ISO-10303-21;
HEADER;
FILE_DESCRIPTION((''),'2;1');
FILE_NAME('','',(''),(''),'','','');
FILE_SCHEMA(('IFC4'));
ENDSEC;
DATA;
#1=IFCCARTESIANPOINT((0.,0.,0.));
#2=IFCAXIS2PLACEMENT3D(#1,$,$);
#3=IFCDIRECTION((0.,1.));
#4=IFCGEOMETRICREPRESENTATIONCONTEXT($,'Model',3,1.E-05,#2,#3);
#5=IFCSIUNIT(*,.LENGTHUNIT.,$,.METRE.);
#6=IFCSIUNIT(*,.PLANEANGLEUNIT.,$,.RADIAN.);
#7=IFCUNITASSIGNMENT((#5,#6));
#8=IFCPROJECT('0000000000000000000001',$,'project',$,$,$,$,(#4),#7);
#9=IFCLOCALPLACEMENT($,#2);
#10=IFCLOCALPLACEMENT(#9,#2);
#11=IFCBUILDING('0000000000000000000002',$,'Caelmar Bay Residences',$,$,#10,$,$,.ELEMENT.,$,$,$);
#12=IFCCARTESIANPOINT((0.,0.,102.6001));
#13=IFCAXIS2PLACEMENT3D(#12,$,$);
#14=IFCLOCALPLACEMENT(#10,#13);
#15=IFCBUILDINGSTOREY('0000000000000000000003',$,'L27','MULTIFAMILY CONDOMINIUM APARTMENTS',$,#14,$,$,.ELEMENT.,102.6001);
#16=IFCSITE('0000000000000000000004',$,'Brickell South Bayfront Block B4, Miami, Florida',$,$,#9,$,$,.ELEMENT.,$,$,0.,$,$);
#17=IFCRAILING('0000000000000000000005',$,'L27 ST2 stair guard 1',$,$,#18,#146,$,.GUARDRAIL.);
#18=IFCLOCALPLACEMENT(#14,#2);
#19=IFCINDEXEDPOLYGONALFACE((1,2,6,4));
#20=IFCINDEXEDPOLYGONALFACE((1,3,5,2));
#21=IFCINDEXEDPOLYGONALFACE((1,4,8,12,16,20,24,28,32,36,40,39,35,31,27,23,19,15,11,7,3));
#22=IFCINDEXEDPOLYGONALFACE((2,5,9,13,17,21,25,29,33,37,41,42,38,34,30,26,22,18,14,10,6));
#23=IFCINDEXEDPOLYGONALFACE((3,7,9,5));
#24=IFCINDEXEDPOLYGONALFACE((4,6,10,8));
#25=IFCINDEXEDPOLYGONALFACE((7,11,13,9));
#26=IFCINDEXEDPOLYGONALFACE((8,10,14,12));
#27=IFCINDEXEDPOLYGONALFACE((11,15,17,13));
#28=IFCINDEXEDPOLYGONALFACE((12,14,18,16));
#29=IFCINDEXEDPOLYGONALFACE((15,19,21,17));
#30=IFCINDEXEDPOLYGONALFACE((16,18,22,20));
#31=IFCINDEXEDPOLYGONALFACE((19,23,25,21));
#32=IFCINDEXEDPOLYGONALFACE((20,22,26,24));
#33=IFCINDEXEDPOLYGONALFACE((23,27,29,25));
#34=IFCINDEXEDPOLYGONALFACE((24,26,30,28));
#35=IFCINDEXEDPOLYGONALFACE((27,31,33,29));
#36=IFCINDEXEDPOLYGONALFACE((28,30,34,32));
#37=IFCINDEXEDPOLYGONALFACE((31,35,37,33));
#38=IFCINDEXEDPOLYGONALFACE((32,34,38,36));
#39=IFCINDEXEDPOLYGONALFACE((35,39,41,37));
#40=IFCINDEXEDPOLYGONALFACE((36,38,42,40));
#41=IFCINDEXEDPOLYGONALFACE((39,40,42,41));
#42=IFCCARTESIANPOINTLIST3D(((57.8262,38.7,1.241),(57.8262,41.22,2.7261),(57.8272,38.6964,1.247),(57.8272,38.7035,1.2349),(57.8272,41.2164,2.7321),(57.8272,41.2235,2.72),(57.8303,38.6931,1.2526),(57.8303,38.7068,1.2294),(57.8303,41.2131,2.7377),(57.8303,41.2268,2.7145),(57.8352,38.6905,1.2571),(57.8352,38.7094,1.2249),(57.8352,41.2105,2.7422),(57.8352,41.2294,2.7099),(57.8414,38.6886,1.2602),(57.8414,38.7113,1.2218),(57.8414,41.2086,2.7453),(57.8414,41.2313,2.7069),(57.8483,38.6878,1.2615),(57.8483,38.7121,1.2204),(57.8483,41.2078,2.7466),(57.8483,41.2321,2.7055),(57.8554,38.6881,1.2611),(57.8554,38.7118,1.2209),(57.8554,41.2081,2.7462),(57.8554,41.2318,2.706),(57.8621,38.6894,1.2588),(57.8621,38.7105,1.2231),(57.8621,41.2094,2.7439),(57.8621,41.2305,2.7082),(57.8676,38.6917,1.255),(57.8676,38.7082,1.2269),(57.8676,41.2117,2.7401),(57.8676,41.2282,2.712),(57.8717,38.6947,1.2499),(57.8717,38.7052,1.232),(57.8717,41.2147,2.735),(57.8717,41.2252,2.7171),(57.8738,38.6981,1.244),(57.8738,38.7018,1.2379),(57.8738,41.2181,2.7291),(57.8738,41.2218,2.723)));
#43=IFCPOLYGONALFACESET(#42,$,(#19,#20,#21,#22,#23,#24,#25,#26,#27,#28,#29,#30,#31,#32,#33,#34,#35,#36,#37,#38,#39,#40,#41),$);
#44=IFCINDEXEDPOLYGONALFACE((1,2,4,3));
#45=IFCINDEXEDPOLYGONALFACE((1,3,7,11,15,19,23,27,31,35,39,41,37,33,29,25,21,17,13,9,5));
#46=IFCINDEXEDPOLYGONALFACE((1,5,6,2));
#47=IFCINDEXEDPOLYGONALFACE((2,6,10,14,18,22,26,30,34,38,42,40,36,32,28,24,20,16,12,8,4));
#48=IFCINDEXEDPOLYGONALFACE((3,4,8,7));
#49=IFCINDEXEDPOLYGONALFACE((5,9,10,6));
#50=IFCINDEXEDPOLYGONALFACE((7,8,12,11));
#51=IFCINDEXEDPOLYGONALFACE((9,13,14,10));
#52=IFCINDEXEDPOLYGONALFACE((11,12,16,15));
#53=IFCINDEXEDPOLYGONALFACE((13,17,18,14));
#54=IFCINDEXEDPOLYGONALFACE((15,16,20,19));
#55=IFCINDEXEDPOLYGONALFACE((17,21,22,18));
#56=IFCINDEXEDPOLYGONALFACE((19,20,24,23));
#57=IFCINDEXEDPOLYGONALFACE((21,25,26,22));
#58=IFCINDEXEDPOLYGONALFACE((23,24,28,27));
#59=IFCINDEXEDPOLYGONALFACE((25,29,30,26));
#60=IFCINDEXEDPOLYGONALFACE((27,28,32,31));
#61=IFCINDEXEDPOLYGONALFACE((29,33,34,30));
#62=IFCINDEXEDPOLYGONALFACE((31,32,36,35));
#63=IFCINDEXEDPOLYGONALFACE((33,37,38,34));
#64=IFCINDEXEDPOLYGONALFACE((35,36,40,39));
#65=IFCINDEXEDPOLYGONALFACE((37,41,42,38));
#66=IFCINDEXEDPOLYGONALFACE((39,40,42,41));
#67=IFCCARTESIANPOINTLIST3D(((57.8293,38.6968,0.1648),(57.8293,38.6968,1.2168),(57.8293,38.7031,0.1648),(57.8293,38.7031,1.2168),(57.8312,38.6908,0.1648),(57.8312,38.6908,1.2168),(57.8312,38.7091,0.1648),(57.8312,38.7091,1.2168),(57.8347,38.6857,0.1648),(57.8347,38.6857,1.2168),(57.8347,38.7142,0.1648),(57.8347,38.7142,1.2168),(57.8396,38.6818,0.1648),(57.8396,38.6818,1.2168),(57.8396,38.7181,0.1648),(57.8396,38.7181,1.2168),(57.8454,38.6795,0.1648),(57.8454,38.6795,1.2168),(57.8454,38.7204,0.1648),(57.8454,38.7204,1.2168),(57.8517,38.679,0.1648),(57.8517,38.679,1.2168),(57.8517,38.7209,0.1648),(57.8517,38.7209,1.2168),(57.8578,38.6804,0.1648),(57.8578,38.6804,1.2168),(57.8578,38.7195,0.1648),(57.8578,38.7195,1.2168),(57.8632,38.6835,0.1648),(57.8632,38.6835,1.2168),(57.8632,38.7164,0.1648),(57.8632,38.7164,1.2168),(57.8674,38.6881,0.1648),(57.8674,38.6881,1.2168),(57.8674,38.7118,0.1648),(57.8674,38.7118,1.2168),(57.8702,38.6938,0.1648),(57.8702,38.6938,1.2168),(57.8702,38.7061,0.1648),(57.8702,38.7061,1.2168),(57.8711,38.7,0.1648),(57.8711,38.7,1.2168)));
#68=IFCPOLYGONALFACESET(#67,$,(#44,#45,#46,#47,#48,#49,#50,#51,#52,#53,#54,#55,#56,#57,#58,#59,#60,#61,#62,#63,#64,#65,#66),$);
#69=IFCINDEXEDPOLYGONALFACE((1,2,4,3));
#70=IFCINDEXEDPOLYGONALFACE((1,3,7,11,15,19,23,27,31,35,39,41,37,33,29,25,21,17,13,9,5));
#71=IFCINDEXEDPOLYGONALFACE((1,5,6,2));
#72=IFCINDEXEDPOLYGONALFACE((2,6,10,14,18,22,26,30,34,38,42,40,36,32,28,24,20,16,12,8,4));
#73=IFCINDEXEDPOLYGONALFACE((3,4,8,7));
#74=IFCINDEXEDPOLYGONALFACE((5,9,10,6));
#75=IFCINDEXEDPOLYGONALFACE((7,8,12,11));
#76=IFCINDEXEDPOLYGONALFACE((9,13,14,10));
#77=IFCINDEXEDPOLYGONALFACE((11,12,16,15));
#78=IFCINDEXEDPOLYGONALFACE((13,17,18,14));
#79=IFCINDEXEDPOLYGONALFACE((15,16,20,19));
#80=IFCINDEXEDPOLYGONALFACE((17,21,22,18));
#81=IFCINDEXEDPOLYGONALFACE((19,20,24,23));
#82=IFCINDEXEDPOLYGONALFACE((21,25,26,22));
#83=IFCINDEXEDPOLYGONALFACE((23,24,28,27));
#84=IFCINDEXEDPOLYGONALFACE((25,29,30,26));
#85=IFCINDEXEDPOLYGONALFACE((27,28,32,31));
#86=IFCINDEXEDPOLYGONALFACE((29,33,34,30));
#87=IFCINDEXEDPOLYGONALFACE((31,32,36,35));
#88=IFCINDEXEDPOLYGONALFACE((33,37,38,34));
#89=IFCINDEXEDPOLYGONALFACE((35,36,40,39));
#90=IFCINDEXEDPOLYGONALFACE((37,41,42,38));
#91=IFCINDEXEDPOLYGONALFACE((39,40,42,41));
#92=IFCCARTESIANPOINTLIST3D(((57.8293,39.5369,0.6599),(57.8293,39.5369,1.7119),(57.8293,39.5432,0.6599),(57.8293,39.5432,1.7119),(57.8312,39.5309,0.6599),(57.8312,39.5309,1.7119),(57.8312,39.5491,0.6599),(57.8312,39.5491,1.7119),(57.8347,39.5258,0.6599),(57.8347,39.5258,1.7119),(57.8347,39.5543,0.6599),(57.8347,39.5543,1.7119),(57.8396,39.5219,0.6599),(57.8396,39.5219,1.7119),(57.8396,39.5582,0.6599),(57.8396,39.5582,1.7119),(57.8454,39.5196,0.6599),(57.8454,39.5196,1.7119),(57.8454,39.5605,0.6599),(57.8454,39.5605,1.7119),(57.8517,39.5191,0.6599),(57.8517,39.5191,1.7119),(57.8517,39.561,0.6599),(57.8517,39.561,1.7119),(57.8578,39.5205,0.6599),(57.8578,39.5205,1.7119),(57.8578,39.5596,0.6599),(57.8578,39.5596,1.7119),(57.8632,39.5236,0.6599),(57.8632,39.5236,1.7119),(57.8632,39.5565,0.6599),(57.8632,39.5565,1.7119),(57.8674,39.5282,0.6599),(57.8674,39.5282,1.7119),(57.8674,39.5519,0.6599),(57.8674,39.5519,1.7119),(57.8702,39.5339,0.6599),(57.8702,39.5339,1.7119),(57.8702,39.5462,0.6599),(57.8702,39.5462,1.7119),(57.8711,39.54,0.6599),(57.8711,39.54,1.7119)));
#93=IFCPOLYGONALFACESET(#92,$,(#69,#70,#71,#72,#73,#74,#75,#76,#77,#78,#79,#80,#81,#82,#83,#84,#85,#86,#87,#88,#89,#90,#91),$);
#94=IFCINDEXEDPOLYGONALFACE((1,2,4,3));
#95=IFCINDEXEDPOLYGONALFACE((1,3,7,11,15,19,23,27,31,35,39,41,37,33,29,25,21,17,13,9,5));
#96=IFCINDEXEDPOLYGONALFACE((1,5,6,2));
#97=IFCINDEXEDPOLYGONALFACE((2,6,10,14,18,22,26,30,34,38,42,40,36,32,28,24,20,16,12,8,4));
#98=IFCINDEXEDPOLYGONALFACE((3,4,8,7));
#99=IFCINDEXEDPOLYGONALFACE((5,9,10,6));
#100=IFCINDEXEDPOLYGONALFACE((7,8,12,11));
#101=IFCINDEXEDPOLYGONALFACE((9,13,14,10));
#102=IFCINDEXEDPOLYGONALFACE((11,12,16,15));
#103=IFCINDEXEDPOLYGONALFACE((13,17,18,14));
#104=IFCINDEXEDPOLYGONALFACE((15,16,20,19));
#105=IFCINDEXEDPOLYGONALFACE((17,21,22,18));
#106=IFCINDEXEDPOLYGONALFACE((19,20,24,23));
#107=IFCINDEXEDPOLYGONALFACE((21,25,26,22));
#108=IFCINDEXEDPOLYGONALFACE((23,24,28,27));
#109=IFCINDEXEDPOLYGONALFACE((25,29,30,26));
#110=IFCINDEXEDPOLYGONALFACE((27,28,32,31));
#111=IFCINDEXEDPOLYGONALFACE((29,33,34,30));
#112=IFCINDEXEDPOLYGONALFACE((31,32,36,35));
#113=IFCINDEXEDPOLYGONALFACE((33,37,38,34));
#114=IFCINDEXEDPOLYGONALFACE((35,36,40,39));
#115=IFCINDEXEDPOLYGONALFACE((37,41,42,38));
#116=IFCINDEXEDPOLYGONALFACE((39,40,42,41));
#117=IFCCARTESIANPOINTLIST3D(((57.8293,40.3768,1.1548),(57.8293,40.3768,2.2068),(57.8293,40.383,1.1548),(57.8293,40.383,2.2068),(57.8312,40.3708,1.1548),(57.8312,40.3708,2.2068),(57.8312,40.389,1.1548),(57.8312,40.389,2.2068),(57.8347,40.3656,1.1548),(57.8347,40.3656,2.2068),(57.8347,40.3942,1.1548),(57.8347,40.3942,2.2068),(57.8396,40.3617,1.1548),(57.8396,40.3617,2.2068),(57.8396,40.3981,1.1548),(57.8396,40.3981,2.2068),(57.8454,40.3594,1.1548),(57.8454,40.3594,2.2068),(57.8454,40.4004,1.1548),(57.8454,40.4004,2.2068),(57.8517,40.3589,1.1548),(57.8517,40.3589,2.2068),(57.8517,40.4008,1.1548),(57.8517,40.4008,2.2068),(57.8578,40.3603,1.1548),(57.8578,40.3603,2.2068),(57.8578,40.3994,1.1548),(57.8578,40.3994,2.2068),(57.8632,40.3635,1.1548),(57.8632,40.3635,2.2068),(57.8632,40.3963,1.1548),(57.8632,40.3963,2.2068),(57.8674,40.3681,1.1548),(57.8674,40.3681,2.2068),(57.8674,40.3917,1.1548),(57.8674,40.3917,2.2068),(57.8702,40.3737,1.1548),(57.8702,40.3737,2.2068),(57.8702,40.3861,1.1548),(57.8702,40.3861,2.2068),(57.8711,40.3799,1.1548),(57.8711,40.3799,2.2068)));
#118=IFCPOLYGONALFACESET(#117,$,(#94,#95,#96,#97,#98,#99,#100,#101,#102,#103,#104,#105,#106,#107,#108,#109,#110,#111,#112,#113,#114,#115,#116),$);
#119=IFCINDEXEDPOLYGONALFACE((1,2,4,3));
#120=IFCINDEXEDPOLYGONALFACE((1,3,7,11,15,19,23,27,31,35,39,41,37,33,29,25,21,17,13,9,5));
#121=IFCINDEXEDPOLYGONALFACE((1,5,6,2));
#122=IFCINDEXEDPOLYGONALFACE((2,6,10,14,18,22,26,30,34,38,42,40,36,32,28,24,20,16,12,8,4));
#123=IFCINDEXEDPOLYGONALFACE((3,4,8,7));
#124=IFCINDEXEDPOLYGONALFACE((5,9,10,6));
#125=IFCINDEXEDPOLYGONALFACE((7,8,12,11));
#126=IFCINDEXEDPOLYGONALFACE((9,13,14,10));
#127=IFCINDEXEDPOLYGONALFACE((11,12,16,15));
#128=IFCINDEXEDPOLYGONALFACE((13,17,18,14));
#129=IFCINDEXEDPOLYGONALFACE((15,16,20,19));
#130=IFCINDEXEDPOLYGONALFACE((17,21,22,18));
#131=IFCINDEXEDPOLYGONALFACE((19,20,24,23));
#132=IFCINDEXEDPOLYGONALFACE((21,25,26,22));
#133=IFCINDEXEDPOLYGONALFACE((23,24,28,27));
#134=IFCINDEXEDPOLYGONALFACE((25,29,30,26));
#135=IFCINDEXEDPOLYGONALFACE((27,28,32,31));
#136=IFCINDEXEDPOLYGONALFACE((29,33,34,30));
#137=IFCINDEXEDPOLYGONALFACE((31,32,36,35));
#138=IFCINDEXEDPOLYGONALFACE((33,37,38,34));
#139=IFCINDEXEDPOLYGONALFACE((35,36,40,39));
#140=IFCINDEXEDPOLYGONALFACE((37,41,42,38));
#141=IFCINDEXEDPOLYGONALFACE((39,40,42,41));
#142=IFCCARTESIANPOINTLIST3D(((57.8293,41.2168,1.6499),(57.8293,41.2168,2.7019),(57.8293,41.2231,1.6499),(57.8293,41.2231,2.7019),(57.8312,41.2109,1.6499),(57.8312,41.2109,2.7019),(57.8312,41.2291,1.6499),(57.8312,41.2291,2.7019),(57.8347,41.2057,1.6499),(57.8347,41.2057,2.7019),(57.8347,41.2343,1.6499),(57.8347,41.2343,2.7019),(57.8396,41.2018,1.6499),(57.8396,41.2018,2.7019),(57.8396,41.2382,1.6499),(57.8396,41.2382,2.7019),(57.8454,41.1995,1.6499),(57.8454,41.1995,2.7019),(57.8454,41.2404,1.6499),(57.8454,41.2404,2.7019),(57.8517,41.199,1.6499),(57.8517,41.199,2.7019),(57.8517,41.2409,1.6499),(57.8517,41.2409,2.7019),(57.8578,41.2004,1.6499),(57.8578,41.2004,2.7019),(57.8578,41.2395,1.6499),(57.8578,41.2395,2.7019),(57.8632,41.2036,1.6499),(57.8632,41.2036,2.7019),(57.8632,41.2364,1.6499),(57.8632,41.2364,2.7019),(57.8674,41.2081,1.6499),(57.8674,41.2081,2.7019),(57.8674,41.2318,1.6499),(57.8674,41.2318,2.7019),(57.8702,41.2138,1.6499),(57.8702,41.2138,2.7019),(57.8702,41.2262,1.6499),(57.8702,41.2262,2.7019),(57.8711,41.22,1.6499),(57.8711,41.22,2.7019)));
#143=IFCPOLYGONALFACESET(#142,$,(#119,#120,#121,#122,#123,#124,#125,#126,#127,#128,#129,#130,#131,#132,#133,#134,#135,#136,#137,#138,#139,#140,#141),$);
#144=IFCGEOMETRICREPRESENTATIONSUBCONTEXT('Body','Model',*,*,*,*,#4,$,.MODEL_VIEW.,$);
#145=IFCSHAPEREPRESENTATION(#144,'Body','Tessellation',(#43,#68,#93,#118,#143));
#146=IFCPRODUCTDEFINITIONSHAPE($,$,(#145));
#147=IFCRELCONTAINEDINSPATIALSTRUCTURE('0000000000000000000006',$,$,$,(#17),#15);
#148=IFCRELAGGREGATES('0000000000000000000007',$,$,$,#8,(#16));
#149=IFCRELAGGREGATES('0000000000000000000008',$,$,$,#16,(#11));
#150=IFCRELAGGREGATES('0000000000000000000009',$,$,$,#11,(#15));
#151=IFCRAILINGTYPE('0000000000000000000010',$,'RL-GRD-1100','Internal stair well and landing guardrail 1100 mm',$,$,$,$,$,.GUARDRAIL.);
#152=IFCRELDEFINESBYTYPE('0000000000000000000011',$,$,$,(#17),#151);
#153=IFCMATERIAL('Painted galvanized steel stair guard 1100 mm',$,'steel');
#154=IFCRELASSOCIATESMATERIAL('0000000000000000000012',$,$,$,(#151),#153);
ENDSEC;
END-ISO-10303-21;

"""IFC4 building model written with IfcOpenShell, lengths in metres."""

from ifc_helpers import new_model, si_unit, direction, frame, origin, origin_2d, place, context, subcontext, project, spatial, circle, extrude, material, type_object, element, save


model = new_model("IFC4")

# Units and contexts
model_context = context("Model", 3, precision=1e-05, world=origin(), true_north=direction((0.0, 1.0)))
body_context = subcontext(model_context, "Body", "Model", "MODEL_VIEW")
ifc_project = project(units=[si_unit("LENGTHUNIT", "METRE"), si_unit("PLANEANGLEUNIT", "RADIAN")], contexts=[model_context])

# Site, building, storey
site_placement = place(None, origin())
site = spatial("IfcSite", under=ifc_project, at=site_placement, Name="Brickell South Bayfront Block B4, Miami, Florida", CompositionType="ELEMENT", RefElevation=0.0)
building_placement = place(site_placement, origin())
building = spatial("IfcBuilding", under=site, at=building_placement, Name="Caelmar Bay Residences", CompositionType="ELEMENT")
storey_placement = place(building_placement, frame((0.0, 0.0, 102.6001)))
storey = spatial("IfcBuildingStorey", under=building, at=storey_placement, Name="L27", Description="MULTIFAMILY CONDOMINIUM APARTMENTS", CompositionType="ELEMENT", Elevation=102.6001)

# Railing
ifc_material_1 = material(Name="Painted galvanized steel stair guard 1100 mm", Category="steel")
railing_type_1 = type_object("IfcRailingType", Name="RL-GRD-1100", Description="Internal stair well and landing guardrail 1100 mm", PredefinedType="GUARDRAIL", material=ifc_material_1)
railing_1_placement = place(storey_placement, frame((57.8501, 38.7, 0.1648)))
element("IfcRailing", 1, at=railing_1_placement, inside=storey, type_object=railing_type_1, Name="L27 ST2 stair guard 1", PredefinedType="GUARDRAIL", context=body_context, shape_type="SweptSolid", body=[
    extrude(circle(Radius=0.0239, at=origin_2d()), frame((0.0, 0.0, 1.0762), z_axis=(0.0, 0.861524, 0.507717), x_axis=(-1.0, 0.0, 0.0)), (0.0, 0.0, 1.0), 2.925),
    extrude(circle(Radius=0.021, at=origin_2d()), origin(), (0.0, 0.0, 1.0), 1.052),
    extrude(circle(Radius=0.021, at=origin_2d()), frame((0.0, 0.8401, 0.4951)), (0.0, 0.0, 1.0), 1.052),
    extrude(circle(Radius=0.021, at=origin_2d()), frame((0.0, 1.6799, 0.99)), (0.0, 0.0, 1.0), 1.052),
    extrude(circle(Radius=0.021, at=origin_2d()), frame((0.0, 2.52, 1.4851)), (0.0, 0.0, 1.0), 1.052),
])

save(model, "model.ifc")
